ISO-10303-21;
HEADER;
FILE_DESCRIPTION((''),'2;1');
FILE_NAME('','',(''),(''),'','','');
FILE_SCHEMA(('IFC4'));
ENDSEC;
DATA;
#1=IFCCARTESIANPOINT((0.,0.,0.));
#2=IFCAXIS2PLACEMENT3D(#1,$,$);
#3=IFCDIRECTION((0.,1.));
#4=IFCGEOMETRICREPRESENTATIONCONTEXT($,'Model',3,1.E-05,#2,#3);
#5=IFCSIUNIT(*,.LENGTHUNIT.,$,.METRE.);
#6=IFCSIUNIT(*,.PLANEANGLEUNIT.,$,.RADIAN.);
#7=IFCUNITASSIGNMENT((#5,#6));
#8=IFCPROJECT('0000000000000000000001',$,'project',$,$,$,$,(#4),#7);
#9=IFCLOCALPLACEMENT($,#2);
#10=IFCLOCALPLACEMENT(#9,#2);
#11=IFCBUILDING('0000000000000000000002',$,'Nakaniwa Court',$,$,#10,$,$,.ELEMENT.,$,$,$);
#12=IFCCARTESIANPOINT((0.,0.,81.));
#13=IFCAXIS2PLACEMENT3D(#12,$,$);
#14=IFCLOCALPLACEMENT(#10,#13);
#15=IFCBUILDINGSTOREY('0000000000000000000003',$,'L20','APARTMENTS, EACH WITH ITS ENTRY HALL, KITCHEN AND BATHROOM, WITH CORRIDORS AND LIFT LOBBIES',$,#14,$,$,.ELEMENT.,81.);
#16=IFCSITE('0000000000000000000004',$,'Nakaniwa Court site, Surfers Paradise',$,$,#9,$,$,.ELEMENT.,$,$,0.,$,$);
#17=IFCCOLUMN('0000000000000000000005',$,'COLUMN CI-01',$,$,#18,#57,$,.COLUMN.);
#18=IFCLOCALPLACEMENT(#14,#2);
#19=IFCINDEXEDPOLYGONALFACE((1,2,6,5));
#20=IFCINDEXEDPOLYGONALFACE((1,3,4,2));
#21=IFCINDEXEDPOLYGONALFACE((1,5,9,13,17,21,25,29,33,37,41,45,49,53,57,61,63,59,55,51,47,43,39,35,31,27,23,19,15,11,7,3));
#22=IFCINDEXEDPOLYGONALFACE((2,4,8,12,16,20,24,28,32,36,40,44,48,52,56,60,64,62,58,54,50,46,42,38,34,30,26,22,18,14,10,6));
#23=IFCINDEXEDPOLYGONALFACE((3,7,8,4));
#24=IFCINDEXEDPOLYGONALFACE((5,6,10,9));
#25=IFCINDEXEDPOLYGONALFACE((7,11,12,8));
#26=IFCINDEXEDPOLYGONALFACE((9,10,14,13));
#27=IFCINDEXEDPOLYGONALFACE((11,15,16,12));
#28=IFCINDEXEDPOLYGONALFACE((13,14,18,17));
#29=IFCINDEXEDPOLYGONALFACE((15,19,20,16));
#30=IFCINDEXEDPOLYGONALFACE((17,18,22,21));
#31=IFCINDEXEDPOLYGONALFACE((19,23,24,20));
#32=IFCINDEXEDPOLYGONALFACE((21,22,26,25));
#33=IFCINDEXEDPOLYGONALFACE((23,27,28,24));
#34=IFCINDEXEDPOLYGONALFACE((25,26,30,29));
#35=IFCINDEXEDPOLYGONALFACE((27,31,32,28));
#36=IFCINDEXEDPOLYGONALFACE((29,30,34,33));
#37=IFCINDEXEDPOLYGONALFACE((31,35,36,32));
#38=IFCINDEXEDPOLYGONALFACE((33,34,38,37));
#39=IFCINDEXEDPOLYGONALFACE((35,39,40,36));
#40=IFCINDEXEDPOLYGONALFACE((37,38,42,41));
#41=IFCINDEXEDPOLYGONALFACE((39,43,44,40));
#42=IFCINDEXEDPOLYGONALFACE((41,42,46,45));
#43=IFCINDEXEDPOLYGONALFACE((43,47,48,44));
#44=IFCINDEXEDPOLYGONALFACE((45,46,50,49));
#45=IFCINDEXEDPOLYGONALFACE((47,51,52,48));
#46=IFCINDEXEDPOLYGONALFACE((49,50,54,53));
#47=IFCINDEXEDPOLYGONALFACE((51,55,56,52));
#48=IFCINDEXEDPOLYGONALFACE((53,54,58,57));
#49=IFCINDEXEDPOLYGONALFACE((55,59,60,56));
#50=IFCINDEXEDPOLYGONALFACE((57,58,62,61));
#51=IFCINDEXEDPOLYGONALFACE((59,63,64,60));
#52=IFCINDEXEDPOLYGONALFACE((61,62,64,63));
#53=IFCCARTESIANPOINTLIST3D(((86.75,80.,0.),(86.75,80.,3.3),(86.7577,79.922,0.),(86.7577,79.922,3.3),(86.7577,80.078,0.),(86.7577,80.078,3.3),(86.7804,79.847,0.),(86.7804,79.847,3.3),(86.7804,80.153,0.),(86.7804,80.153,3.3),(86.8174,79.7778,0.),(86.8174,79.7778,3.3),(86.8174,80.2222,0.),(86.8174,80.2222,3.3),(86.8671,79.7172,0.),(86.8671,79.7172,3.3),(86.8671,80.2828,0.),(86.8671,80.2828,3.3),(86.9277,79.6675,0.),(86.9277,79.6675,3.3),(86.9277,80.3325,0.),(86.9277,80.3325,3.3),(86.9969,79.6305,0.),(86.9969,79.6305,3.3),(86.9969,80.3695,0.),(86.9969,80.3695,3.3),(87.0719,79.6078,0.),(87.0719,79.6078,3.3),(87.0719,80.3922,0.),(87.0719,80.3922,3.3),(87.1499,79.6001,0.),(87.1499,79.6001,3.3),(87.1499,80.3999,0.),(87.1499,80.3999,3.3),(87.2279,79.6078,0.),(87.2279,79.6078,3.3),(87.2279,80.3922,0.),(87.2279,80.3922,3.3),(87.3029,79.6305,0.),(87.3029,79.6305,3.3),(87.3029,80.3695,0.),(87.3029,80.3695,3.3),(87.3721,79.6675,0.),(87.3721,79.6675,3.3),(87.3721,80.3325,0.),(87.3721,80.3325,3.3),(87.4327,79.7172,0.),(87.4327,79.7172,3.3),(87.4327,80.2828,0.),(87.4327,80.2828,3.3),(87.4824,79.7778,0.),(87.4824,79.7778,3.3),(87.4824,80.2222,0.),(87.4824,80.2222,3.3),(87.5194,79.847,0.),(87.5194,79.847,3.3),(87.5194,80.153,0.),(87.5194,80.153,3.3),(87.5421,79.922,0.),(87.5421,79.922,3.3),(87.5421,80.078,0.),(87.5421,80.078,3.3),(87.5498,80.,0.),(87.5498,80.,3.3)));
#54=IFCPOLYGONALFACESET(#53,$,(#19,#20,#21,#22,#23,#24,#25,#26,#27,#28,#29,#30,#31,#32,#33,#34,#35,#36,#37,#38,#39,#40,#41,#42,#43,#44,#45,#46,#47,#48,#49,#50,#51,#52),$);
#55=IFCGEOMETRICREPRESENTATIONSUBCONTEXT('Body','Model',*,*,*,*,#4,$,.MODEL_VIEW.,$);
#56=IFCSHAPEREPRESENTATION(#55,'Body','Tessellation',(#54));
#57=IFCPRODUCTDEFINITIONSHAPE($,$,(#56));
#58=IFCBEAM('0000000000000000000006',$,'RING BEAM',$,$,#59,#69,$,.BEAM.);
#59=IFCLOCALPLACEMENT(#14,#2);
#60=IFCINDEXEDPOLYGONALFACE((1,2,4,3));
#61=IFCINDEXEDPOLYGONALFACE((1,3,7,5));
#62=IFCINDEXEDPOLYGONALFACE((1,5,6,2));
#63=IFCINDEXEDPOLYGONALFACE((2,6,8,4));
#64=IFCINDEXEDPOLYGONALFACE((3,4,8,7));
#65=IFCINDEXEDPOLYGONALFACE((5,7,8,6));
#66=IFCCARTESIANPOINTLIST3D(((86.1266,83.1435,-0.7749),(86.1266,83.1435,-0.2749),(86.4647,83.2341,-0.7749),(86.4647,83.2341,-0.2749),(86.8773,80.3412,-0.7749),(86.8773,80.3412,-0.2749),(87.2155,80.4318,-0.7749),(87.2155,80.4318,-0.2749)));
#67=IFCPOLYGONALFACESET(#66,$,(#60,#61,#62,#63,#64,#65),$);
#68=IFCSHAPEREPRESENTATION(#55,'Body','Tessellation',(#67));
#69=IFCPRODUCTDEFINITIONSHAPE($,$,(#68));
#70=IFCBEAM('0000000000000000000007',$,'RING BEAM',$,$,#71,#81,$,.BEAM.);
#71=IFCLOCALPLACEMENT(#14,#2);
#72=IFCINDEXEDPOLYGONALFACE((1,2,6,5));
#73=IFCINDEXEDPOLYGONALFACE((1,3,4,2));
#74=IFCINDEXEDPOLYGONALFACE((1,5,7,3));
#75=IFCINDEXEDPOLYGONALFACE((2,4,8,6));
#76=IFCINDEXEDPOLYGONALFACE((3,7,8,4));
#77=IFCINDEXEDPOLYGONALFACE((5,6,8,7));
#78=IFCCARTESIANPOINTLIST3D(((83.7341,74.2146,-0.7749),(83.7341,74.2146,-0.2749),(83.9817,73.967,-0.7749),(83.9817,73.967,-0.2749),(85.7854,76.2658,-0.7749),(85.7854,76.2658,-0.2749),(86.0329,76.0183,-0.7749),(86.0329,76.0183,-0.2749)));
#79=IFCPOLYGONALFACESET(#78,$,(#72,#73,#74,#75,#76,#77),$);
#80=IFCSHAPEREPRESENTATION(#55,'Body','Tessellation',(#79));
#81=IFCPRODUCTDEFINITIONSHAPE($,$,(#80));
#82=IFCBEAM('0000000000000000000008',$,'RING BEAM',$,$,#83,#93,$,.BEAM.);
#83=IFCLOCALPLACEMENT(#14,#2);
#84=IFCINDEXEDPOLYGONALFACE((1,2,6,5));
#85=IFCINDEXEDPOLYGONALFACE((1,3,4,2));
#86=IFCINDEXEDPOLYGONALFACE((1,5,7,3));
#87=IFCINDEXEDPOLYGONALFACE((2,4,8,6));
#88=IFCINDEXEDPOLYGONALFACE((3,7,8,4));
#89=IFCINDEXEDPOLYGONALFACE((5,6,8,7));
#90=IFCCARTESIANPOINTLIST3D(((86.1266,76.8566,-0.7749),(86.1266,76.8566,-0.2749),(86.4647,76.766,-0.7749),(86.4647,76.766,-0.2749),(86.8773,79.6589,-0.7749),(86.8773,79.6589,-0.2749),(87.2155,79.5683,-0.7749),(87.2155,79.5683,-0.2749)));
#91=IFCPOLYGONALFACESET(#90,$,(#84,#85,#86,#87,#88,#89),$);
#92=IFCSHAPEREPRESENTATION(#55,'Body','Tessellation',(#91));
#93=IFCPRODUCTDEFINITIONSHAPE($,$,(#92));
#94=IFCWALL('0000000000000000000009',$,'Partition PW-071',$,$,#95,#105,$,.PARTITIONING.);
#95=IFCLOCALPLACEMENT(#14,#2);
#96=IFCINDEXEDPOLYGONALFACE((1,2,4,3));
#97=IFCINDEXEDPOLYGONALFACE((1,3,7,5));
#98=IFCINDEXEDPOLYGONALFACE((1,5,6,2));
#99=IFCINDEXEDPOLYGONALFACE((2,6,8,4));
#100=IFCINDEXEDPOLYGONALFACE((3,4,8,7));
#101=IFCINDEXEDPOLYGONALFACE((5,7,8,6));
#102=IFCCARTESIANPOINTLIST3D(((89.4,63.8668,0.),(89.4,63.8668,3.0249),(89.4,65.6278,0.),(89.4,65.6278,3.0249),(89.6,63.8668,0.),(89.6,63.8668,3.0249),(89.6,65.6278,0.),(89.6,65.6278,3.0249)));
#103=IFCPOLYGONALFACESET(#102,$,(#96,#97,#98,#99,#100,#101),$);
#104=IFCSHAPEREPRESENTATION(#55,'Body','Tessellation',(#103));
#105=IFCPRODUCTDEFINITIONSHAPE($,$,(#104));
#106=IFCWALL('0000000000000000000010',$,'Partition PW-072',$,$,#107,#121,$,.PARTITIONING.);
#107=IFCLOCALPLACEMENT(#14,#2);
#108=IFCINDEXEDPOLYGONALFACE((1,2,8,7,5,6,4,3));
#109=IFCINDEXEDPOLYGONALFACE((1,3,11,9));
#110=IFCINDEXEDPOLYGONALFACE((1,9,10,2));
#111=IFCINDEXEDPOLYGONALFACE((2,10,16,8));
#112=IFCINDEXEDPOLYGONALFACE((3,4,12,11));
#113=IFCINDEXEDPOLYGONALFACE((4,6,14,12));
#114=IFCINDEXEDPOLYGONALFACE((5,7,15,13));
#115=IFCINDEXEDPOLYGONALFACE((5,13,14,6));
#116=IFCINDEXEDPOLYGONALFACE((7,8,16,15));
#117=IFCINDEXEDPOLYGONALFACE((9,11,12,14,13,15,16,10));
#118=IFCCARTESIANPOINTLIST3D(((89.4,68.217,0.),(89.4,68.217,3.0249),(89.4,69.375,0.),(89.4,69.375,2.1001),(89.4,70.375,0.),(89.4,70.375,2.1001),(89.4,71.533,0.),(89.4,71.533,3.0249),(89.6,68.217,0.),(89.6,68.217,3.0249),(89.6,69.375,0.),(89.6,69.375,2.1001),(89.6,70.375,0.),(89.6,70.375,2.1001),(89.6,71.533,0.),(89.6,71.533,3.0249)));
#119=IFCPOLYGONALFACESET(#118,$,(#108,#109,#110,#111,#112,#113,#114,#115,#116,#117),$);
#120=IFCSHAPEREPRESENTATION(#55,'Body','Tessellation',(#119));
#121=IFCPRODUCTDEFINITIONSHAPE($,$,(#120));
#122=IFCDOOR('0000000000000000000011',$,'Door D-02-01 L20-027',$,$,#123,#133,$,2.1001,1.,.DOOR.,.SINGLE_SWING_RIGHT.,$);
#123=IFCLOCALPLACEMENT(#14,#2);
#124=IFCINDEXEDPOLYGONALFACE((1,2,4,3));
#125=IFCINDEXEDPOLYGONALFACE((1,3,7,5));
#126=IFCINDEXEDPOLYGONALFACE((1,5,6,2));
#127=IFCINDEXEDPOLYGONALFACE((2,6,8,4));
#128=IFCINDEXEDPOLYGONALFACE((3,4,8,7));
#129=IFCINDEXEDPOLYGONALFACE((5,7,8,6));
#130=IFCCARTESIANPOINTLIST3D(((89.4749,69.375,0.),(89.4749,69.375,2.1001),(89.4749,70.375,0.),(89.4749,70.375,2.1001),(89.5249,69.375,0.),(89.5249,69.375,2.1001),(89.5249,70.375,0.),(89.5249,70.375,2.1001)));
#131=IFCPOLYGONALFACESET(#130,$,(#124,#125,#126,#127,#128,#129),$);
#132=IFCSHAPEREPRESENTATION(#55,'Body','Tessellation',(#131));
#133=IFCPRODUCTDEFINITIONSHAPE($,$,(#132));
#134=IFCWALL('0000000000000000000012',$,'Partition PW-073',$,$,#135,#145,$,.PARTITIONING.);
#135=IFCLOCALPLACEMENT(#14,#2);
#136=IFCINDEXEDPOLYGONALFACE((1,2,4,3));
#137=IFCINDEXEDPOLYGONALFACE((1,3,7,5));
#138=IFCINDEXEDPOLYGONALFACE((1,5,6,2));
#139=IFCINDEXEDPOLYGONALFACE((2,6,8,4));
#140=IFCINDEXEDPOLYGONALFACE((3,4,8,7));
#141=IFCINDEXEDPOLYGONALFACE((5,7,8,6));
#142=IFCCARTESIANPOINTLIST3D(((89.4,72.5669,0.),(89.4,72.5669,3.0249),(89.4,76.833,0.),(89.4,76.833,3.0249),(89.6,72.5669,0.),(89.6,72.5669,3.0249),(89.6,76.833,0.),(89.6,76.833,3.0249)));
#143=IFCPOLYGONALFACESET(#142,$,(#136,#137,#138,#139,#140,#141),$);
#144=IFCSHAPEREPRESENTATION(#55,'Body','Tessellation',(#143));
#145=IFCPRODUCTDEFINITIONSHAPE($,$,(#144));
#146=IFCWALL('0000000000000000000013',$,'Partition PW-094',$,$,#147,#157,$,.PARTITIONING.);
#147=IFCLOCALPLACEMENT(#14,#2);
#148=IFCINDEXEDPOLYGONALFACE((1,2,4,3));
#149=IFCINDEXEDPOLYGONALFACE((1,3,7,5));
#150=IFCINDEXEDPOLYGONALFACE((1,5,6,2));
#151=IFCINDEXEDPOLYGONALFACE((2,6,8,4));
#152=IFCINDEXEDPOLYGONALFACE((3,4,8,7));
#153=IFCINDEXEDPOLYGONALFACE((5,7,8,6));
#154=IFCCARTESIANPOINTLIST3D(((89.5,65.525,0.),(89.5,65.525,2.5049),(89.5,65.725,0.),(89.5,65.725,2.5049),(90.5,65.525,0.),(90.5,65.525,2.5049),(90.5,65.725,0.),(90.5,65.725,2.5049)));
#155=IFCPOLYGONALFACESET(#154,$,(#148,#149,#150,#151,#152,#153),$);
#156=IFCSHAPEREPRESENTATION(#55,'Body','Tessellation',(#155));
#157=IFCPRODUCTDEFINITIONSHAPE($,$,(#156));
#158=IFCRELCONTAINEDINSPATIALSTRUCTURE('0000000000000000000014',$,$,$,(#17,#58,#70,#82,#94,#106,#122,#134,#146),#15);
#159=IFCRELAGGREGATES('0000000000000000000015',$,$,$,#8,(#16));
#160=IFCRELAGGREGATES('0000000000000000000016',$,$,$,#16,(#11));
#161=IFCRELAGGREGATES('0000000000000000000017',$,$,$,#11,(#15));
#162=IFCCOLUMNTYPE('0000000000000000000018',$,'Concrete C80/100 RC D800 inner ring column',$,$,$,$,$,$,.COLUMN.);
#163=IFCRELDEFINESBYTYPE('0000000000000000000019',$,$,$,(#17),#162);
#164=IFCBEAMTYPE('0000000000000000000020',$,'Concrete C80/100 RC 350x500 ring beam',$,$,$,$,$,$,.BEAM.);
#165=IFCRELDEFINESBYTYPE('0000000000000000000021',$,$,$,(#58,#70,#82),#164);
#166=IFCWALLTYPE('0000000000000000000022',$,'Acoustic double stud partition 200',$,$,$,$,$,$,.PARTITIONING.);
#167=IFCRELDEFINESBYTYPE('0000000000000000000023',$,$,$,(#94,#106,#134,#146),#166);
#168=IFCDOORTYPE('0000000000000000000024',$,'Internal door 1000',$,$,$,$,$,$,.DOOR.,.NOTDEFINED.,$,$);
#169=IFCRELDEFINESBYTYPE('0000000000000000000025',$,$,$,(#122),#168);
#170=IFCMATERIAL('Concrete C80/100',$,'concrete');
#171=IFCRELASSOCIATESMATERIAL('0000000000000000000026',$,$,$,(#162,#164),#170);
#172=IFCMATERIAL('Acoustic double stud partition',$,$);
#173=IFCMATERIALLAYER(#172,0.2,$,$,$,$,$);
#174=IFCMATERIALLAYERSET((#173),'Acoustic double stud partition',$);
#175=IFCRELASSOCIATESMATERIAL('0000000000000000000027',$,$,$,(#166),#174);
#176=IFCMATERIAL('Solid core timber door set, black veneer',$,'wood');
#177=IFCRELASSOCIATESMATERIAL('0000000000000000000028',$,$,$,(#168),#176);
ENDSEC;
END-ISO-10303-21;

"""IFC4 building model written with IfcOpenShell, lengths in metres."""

from ifc_helpers import new_model, si_unit, direction, frame, frame_2d, origin, origin_2d, place, context, subcontext, project, spatial, rectangle, circle, extrude, material, layer, layer_set, material_profile, profile_set, type_object, element, fill, save


model = new_model("IFC4")

# Units and contexts
model_context = context("Model", 3, precision=1e-05, world=origin(), true_north=direction((0.0, 1.0)))
body_context = subcontext(model_context, "Body", "Model", "MODEL_VIEW")
ifc_project = project(units=[si_unit("LENGTHUNIT", "METRE"), si_unit("PLANEANGLEUNIT", "RADIAN")], contexts=[model_context])

# Site, building, storey
site_placement = place(None, origin())
site = spatial("IfcSite", under=ifc_project, at=site_placement, Name="Nakaniwa Court site, Surfers Paradise", CompositionType="ELEMENT", RefElevation=0.0)
building_placement = place(site_placement, origin())
building = spatial("IfcBuilding", under=site, at=building_placement, Name="Nakaniwa Court", CompositionType="ELEMENT")
storey_placement = place(building_placement, frame((0.0, 0.0, 81.0)))
storey = spatial("IfcBuildingStorey", under=building, at=storey_placement, Name="L20", Description="APARTMENTS, EACH WITH ITS ENTRY HALL, KITCHEN AND BATHROOM, WITH CORRIDORS AND LIFT LOBBIES", CompositionType="ELEMENT", Elevation=81.0)

# Column
ifc_material_1 = material(Name="Concrete C80/100", Category="concrete")
ifc_material_profile_1 = material_profile(ifc_material_1, circle(Radius=0.3999, at=origin_2d()), Name="Concrete C80/100 RC D800 inner ring column")
ifc_profile_set_1 = profile_set([ifc_material_profile_1], Name="Concrete C80/100")
column_type = type_object("IfcColumnType", Name="Concrete C80/100 RC D800 inner ring column", PredefinedType="COLUMN", material=ifc_profile_set_1)
for number, where, z_axis, x_axis, name in (
    (1, (87.1499, 80.0, 0.0), (0.0, 0.0, 1.0), (0.0, 1.0, 0.0), "COLUMN CI-01"),
):
    element("IfcColumn", number, at=place(storey_placement, frame(where, z_axis=z_axis, x_axis=x_axis)), inside=storey, type_object=column_type, Name=name, PredefinedType="COLUMN", context=body_context, shape_type="SweptSolid", body=[
        extrude(circle(Radius=0.3999, at=origin_2d()), origin(), (0.0, 0.0, 1.0), 3.3),
    ])

# Beams
ifc_material_profile_2 = material_profile(ifc_material_1, rectangle(XDim=0.3501, YDim=0.5, at=origin_2d()), Name="Concrete C80/100 RC 350x500 ring beam")
ifc_profile_set_2 = profile_set([ifc_material_profile_2], Name="Concrete C80/100")
beam_type = type_object("IfcBeamType", Name="Concrete C80/100 RC 350x500 ring beam", PredefinedType="BEAM", material=ifc_profile_set_2)
beam_1_placement = place(storey_placement, frame((87.0464, 80.3865, -0.5249), z_axis=(-0.258778, 0.965937, 0.0), x_axis=(-0.965937, -0.258778, 0.0)))
element("IfcBeam", 2, at=beam_1_placement, inside=storey, type_object=beam_type, Name="RING BEAM", PredefinedType="BEAM", context=body_context, shape_type="SweptSolid", body=[
    extrude(rectangle(XDim=0.3501, YDim=0.5, at=origin_2d()), origin(), (0.0, 0.0, 1.0), 2.9011),
])
beam_2_placement = place(storey_placement, frame((83.8579, 74.0908, -0.5249), z_axis=(0.707107, 0.707107, 0.0), x_axis=(-0.707107, 0.707107, 0.0)))
element("IfcBeam", 3, at=beam_2_placement, inside=storey, type_object=beam_type, Name="RING BEAM", PredefinedType="BEAM", context=body_context, shape_type="SweptSolid", body=[
    extrude(rectangle(XDim=0.3501, YDim=0.5, at=origin_2d()), origin(), (0.0, 0.0, 1.0), 2.9009),
])
beam_3_placement = place(storey_placement, frame((86.2957, 76.8113, -0.5249), z_axis=(0.258778, 0.965937, 0.0), x_axis=(-0.965937, 0.258778, 0.0)))
element("IfcBeam", 4, at=beam_3_placement, inside=storey, type_object=beam_type, Name="RING BEAM", PredefinedType="BEAM", context=body_context, shape_type="SweptSolid", body=[
    extrude(rectangle(XDim=0.3501, YDim=0.5, at=origin_2d()), origin(), (0.0, 0.0, 1.0), 2.9011),
])

# Wall
ifc_material_2 = material(Name="Acoustic double stud partition")
ifc_layer_1 = layer(ifc_material_2, 0.2)
ifc_layer_set_1 = layer_set([ifc_layer_1], Name="Acoustic double stud partition")
wall_type_1 = type_object("IfcWallType", Name="Acoustic double stud partition 200", PredefinedType="PARTITIONING", material=ifc_layer_set_1)
wall_1_placement = place(storey_placement, frame((89.5, 63.8669, 0.0), z_axis=(0.0, 0.0, 1.0), x_axis=(0.0, 1.0, 0.0)))
element("IfcWall", 5, at=wall_1_placement, inside=storey, type_object=wall_type_1, Name="Partition PW-071", PredefinedType="PARTITIONING", context=body_context, shape_type="SweptSolid", body=[
    extrude(rectangle(XDim=1.761, YDim=0.2, at=frame_2d((0.8804, 0.0))), origin(), (0.0, 0.0, 1.0), 3.0249),
])

# Wall, opening, door
wall_2_placement = place(storey_placement, frame((89.5, 71.533, 0.0), z_axis=(0.0, 0.0, 1.0), x_axis=(0.0, -1.0, 0.0)))
wall_2 = element("IfcWall", 6, at=wall_2_placement, inside=storey, type_object=wall_type_1, Name="Partition PW-072", PredefinedType="PARTITIONING", context=body_context, shape_type="SweptSolid", body=[
    extrude(rectangle(XDim=3.3159, YDim=0.2, at=frame_2d((1.658, 0.0))), origin(), (0.0, 0.0, 1.0), 3.0249),
])
opening_1_placement = place(wall_2_placement, frame((1.158, 0.0, 0.0)))
opening_1 = element("IfcOpeningElement", 7, at=opening_1_placement, cuts=wall_2, PredefinedType="OPENING", context=body_context, shape_type="SweptSolid", body=[
    extrude(rectangle(XDim=1.0, YDim=2.1001, at=frame_2d((0.5, 1.05))), frame((0.0, 0.1099, 0.0), z_axis=(0.0, -1.0, 0.0), x_axis=(1.0, 0.0, 0.0)), (0.0, 0.0, 1.0), 0.22),
])
ifc_material_3 = material(Name="Solid core timber door set, black veneer", Category="wood")
door_type_1 = type_object("IfcDoorType", Name="Internal door 1000", OperationType="NOTDEFINED", PredefinedType="DOOR", material=ifc_material_3)
door_1_placement = place(opening_1_placement, origin())
door_1 = element("IfcDoor", 8, at=door_1_placement, inside=storey, type_object=door_type_1, Name="Door D-02-01 L20-027", OperationType="SINGLE_SWING_RIGHT", OverallHeight=2.1001, OverallWidth=1.0, PredefinedType="DOOR", context=body_context, shape_type="SweptSolid", body=[
    extrude(rectangle(XDim=1.0, YDim=2.1001, at=frame_2d((0.5, 1.05))), frame((0.0, 0.0249, 0.0), z_axis=(0.0, -1.0, 0.0), x_axis=(1.0, 0.0, 0.0)), (0.0, 0.0, 1.0), 0.05),
])
fill(opening_1, door_1)

# Walls
wall_3_placement = place(storey_placement, frame((89.5, 72.5669, 0.0), z_axis=(0.0, 0.0, 1.0), x_axis=(0.0, 1.0, 0.0)))
element("IfcWall", 9, at=wall_3_placement, inside=storey, type_object=wall_type_1, Name="Partition PW-073", PredefinedType="PARTITIONING", context=body_context, shape_type="SweptSolid", body=[
    extrude(rectangle(XDim=4.2661, YDim=0.2, at=frame_2d((2.1331, 0.0))), origin(), (0.0, 0.0, 1.0), 3.0249),
])
wall_4_placement = place(storey_placement, frame((89.5, 65.625, 0.0), z_axis=(0.0, 0.0, 1.0), x_axis=(1.0, 0.0, 0.0)))
element("IfcWall", 10, at=wall_4_placement, inside=storey, type_object=wall_type_1, Name="Partition PW-094", PredefinedType="PARTITIONING", context=body_context, shape_type="SweptSolid", body=[
    extrude(rectangle(XDim=1.0, YDim=0.2, at=frame_2d((0.5, 0.0))), origin(), (0.0, 0.0, 1.0), 2.5049),
])

save(model, "model.ifc")
